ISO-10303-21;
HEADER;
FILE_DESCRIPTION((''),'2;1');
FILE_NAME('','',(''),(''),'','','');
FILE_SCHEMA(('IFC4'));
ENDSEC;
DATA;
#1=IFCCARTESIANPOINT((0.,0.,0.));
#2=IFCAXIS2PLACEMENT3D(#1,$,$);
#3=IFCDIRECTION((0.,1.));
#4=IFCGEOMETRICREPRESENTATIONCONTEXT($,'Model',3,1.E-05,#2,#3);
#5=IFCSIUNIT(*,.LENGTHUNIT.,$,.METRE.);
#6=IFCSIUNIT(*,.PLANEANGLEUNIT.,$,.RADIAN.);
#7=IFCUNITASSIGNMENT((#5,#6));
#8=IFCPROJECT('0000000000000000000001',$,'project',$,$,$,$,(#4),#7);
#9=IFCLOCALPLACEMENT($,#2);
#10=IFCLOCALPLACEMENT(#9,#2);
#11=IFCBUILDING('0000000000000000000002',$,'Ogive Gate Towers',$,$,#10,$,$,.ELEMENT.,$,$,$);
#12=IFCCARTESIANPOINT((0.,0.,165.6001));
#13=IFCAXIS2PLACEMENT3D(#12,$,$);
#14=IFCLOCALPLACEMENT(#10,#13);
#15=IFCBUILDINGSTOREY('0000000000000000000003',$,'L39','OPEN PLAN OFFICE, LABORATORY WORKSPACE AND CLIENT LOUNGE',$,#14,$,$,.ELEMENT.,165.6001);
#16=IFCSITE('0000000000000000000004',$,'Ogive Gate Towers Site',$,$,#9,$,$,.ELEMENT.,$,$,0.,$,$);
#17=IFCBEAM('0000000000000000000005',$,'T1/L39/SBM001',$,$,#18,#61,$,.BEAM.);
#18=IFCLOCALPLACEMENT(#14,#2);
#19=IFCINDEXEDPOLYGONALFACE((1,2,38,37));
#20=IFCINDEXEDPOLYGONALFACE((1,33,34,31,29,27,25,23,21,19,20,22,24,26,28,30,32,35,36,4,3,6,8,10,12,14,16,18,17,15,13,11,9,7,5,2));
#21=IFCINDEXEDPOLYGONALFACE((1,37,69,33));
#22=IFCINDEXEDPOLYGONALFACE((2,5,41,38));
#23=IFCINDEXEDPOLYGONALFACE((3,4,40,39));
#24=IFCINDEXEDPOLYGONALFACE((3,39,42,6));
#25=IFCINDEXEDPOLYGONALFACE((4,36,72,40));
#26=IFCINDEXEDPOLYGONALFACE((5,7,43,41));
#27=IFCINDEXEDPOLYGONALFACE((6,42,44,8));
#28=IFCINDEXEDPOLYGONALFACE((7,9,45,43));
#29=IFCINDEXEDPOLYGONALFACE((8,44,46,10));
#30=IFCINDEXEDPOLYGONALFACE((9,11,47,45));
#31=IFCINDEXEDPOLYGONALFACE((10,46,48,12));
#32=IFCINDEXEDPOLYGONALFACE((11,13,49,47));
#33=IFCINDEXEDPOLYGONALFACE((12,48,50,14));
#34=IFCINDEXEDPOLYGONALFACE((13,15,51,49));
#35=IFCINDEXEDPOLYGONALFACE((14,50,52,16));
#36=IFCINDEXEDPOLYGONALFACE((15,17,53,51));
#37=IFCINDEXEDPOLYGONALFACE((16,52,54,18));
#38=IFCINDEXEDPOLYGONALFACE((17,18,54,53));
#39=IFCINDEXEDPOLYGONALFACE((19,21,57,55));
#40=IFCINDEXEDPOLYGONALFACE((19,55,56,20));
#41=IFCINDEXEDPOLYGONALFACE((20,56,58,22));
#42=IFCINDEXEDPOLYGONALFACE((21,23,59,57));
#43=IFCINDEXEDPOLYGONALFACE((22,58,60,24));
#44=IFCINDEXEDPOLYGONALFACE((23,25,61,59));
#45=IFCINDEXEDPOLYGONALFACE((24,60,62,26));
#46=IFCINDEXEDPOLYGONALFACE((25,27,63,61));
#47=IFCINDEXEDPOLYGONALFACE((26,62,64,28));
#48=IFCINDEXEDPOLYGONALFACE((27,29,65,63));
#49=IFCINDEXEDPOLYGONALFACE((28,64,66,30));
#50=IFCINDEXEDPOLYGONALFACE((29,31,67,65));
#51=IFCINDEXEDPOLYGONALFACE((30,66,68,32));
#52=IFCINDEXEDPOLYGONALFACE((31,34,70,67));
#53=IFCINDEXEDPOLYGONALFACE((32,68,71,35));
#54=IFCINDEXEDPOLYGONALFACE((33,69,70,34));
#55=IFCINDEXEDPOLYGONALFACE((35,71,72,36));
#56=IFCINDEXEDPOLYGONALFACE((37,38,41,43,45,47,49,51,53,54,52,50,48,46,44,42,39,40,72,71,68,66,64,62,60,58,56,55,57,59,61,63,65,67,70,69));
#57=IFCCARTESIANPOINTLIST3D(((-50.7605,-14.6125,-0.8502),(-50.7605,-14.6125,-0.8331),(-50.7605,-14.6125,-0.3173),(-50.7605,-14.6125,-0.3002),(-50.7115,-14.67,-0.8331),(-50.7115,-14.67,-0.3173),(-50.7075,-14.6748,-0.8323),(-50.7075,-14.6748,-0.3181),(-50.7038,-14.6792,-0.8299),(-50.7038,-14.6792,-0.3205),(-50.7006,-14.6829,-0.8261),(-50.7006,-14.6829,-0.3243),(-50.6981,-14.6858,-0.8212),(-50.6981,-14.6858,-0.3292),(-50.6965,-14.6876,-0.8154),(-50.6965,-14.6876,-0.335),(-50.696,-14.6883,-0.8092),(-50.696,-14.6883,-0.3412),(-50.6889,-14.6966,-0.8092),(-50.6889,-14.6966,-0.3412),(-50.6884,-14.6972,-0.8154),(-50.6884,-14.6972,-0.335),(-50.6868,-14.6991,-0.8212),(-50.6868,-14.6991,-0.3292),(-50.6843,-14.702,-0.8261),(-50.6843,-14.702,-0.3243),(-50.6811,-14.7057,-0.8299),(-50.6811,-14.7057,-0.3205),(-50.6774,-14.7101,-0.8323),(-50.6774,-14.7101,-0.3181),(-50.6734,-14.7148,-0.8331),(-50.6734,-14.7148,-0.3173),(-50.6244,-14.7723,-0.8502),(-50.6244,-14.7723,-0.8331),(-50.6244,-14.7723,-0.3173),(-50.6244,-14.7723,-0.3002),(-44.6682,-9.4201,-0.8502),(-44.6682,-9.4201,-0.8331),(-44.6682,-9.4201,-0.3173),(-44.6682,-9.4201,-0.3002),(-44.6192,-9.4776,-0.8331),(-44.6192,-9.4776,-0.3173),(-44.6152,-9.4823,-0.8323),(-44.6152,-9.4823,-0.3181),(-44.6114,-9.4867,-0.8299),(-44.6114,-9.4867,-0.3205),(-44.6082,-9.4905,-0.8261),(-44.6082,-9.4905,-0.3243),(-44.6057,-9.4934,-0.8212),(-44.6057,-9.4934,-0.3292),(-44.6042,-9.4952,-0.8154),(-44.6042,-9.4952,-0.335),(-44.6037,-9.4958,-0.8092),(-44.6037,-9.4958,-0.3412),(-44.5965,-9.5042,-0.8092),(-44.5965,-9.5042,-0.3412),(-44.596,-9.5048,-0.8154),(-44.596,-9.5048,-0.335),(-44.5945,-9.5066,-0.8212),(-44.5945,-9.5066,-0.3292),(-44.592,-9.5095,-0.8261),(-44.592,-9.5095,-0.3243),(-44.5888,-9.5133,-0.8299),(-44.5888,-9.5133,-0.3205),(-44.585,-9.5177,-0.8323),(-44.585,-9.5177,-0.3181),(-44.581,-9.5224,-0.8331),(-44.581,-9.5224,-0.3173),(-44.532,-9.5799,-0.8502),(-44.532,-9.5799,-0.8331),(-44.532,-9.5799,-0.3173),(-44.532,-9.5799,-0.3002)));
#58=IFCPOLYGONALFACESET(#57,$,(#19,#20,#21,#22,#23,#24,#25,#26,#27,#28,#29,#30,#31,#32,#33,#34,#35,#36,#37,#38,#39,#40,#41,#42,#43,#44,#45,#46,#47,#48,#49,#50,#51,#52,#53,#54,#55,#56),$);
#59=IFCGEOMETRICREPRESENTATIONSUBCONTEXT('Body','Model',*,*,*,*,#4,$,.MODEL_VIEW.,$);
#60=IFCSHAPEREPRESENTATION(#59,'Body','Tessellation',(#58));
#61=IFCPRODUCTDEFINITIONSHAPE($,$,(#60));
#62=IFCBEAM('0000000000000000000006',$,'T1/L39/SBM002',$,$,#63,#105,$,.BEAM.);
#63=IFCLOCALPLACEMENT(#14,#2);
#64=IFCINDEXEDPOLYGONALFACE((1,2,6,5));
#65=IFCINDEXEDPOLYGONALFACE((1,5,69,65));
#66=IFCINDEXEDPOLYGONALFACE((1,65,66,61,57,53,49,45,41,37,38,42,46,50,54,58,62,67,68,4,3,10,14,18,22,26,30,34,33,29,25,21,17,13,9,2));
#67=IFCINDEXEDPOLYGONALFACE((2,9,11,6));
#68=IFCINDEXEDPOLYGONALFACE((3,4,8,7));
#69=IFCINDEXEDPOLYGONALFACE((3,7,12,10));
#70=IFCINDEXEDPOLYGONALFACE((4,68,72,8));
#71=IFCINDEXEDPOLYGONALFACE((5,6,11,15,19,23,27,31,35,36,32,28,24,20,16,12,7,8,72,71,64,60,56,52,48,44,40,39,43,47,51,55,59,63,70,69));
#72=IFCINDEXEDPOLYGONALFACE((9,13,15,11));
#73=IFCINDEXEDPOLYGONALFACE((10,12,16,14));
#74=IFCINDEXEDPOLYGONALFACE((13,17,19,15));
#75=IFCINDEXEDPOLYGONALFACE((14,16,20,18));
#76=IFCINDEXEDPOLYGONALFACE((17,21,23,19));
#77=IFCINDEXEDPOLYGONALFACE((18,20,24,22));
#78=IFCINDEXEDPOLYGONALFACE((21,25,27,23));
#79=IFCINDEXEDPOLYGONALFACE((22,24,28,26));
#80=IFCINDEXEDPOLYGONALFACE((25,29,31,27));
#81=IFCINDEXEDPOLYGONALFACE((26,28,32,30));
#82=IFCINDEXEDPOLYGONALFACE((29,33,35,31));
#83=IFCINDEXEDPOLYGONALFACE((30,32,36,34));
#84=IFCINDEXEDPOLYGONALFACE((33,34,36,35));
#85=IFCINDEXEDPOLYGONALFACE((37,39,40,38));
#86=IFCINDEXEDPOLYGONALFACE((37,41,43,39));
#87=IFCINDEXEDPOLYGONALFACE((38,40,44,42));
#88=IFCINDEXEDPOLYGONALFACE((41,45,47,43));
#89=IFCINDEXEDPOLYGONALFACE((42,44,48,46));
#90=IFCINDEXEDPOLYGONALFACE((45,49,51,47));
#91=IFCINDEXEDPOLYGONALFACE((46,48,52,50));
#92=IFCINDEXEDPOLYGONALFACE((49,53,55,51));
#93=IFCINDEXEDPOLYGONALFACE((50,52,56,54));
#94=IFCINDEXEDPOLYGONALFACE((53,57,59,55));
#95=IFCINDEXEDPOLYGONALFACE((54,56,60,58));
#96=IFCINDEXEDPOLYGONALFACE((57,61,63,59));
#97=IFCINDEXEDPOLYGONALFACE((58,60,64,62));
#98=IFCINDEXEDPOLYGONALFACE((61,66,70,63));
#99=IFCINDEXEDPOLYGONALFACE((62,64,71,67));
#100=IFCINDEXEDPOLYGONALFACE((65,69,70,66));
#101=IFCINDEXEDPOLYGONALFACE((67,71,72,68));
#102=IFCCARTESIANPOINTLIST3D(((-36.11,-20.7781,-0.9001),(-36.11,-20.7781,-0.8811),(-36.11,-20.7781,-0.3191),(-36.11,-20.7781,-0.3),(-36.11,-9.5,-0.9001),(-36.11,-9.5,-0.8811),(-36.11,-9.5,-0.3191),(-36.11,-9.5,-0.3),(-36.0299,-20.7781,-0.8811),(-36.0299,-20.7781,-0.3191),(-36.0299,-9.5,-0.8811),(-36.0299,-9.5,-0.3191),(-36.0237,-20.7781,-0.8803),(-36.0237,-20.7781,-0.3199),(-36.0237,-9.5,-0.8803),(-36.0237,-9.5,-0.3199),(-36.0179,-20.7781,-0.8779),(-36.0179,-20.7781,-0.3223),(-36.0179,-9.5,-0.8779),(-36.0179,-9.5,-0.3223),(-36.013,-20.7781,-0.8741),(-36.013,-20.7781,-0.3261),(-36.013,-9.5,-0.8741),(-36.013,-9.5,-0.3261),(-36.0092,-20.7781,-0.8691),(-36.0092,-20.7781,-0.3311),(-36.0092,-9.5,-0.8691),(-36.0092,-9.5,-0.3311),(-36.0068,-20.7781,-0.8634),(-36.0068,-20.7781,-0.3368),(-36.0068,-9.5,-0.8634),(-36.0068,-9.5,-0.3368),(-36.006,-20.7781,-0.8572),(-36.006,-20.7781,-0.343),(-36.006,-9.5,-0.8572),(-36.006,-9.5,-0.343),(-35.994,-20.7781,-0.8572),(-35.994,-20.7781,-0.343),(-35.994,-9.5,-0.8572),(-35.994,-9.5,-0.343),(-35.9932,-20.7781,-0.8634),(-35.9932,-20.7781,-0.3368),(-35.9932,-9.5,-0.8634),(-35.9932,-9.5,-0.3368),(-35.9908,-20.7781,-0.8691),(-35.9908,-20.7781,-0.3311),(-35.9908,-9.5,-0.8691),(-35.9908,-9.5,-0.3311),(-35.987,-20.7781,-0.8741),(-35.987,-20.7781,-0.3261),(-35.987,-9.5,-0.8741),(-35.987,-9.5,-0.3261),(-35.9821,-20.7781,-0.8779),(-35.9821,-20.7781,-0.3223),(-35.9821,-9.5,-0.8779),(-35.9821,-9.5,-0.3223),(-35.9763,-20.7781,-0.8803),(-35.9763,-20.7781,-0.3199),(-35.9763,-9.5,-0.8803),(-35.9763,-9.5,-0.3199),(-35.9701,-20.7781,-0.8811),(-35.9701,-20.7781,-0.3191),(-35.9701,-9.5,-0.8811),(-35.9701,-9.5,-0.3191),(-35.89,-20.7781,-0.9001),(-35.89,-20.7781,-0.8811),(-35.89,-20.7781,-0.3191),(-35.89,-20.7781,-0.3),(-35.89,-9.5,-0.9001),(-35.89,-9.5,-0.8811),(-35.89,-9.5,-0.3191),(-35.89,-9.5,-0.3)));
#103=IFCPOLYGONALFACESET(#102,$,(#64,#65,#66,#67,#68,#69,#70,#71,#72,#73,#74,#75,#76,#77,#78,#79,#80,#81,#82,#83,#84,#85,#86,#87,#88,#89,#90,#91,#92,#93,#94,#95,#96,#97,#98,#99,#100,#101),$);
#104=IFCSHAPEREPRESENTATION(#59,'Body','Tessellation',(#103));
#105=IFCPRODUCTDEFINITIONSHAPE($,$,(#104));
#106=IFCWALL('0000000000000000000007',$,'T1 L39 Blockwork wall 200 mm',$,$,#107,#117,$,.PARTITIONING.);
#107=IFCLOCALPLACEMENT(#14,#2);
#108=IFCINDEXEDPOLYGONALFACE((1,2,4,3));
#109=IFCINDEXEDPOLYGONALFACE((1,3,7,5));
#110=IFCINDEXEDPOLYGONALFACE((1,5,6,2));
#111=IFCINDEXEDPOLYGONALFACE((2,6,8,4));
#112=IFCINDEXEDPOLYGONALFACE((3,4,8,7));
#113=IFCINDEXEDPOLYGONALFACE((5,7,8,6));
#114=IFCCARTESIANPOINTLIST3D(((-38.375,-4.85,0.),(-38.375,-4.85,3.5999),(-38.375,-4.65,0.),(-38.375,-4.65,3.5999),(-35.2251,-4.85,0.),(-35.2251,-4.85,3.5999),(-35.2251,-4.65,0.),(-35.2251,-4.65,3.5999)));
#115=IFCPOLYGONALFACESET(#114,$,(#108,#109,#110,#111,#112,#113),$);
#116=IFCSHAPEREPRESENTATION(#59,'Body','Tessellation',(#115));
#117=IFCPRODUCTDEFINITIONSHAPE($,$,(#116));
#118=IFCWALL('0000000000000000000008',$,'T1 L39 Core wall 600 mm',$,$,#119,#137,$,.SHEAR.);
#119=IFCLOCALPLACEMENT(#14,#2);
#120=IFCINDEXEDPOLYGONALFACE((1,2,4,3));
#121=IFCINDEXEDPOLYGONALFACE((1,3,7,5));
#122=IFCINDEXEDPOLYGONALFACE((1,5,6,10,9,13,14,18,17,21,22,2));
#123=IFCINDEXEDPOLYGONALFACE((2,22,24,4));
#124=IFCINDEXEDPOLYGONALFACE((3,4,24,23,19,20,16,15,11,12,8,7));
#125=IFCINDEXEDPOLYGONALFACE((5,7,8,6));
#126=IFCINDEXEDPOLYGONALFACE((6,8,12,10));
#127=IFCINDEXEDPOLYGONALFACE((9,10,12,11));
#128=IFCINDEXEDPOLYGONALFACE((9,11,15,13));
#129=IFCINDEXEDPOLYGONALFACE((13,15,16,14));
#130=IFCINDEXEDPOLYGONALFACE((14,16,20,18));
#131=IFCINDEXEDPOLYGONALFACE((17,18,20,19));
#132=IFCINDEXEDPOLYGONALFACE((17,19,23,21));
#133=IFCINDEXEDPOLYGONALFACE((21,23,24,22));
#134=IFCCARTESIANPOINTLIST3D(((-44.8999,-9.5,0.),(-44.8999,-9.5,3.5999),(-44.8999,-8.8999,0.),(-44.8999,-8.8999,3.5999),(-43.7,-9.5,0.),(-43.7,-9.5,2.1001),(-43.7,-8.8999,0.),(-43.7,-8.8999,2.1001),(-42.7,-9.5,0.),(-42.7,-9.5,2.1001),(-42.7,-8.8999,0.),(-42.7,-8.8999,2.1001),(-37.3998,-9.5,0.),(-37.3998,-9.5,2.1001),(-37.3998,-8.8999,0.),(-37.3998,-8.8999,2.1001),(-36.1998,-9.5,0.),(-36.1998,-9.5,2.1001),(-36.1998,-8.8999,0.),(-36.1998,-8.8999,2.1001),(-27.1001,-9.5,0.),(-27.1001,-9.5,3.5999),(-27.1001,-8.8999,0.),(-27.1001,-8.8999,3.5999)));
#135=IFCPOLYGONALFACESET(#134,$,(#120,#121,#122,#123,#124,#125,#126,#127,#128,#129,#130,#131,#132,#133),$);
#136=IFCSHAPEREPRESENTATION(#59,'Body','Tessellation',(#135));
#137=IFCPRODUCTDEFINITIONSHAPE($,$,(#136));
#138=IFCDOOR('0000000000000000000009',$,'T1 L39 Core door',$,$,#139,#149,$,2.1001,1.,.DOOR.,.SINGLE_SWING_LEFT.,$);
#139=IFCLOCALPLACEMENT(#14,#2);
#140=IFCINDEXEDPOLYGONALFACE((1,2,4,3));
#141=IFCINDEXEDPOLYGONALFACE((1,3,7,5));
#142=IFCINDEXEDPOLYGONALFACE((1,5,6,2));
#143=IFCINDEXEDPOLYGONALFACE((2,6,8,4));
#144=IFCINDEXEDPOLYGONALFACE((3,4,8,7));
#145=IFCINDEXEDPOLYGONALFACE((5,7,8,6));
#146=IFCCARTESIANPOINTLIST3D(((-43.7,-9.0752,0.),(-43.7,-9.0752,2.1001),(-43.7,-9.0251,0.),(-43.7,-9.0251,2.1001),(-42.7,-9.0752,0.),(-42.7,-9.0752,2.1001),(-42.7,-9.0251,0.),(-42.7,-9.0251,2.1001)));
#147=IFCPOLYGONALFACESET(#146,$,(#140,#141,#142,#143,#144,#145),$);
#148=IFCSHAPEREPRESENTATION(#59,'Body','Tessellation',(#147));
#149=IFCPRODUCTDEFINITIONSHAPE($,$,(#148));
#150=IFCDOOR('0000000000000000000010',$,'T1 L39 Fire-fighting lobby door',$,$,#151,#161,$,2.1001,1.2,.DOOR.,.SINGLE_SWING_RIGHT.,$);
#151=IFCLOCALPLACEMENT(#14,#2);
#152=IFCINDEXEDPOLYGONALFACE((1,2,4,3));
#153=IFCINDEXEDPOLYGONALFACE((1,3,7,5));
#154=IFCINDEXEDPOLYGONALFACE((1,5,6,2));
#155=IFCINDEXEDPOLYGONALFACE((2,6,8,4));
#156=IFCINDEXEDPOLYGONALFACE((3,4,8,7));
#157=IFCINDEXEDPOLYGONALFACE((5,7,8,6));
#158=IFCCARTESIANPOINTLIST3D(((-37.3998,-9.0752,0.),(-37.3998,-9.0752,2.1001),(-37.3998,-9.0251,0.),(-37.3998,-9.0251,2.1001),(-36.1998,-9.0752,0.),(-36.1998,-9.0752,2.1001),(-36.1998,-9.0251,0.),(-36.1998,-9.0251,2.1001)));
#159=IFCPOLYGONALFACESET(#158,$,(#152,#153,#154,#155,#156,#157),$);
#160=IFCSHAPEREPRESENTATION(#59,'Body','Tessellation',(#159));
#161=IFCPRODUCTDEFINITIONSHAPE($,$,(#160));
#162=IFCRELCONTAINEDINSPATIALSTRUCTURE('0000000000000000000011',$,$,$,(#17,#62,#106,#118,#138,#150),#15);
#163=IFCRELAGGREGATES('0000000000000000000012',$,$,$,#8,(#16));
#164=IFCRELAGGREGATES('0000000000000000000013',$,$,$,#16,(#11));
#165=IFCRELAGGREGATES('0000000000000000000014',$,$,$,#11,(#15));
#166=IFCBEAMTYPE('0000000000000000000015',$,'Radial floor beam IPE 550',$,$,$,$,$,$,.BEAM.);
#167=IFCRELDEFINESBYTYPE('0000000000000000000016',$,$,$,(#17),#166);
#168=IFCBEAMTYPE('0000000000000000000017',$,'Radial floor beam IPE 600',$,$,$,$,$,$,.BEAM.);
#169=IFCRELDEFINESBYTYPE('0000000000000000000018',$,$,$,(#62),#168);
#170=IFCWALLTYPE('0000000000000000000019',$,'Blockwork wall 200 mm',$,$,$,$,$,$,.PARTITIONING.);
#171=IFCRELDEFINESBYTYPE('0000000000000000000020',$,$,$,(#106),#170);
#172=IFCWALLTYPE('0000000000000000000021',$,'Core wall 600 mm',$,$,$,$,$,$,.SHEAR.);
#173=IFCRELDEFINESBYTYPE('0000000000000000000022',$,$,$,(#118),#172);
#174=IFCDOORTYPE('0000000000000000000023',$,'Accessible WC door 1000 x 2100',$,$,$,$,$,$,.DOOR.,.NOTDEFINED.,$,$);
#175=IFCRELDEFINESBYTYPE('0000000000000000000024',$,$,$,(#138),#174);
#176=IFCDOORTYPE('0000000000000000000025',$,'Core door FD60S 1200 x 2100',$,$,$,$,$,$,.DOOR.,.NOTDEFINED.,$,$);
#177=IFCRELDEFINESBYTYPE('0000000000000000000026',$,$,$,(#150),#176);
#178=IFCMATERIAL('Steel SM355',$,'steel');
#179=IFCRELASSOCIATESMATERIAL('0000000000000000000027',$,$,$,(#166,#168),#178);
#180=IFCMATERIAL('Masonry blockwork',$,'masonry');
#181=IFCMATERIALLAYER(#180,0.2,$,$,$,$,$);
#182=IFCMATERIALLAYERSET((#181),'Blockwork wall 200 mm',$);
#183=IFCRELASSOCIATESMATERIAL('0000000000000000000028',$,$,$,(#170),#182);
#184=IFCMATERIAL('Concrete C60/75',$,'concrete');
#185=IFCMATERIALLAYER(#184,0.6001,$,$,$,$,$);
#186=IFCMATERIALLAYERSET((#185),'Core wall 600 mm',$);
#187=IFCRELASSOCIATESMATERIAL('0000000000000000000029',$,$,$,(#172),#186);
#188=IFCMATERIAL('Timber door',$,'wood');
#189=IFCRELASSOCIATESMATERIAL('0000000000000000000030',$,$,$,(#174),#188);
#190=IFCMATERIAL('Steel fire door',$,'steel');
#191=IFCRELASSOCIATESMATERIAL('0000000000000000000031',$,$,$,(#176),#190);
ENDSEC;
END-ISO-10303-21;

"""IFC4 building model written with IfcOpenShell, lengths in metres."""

from ifc_helpers import new_model, si_unit, direction, frame, frame_2d, origin, origin_2d, place, context, subcontext, project, spatial, rectangle, i_section, extrude, material, layer, layer_set, material_profile, profile_set, type_object, element, fill, save


model = new_model("IFC4")

# Units and contexts
model_context = context("Model", 3, precision=1e-05, world=origin(), true_north=direction((0.0, 1.0)))
body_context = subcontext(model_context, "Body", "Model", "MODEL_VIEW")
ifc_project = project(units=[si_unit("LENGTHUNIT", "METRE"), si_unit("PLANEANGLEUNIT", "RADIAN")], contexts=[model_context])

# Site, building, storey
site_placement = place(None, origin())
site = spatial("IfcSite", under=ifc_project, at=site_placement, Name="Ogive Gate Towers Site", CompositionType="ELEMENT", RefElevation=0.0)
building_placement = place(site_placement, origin())
building = spatial("IfcBuilding", under=site, at=building_placement, Name="Ogive Gate Towers", CompositionType="ELEMENT")
storey_placement = place(building_placement, frame((0.0, 0.0, 165.6001)))
storey = spatial("IfcBuildingStorey", under=building, at=storey_placement, Name="L39", Description="OPEN PLAN OFFICE, LABORATORY WORKSPACE AND CLIENT LOUNGE", CompositionType="ELEMENT", Elevation=165.6001)

# Beams
ifc_material_1 = material(Name="Steel SM355", Category="steel")
ifc_material_profile_1 = material_profile(ifc_material_1, i_section(OverallWidth=0.21, OverallDepth=0.55, WebThickness=0.011, FlangeThickness=0.0171, FilletRadius=0.0239, at=origin_2d()), Name="IPE 550")
ifc_profile_set_1 = profile_set([ifc_material_profile_1], Name="Steel SM355")
beam_type_1 = type_object("IfcBeamType", Name="Radial floor beam IPE 550", PredefinedType="BEAM", material=ifc_profile_set_1)
beam_1_placement = place(storey_placement, frame((-44.6001, -9.5, -0.5752), z_axis=(-0.761079, -0.648659, 0.0), x_axis=(0.648659, -0.761079, 0.0)))
element("IfcBeam", 1, at=beam_1_placement, inside=storey, type_object=beam_type_1, Name="T1/L39/SBM001", PredefinedType="BEAM", context=body_context, shape_type="SweptSolid", body=[
    extrude(i_section(OverallWidth=0.21, OverallDepth=0.55, WebThickness=0.011, FlangeThickness=0.0171, FilletRadius=0.0239, at=origin_2d()), origin(), (0.0, 0.0, 1.0), 8.0049),
])
ifc_material_profile_2 = material_profile(ifc_material_1, i_section(OverallWidth=0.22, OverallDepth=0.6001, WebThickness=0.012, FlangeThickness=0.019, FilletRadius=0.0239, at=origin_2d()), Name="IPE 600")
ifc_profile_set_2 = profile_set([ifc_material_profile_2], Name="Steel SM355")
beam_type_2 = type_object("IfcBeamType", Name="Radial floor beam IPE 600", PredefinedType="BEAM", material=ifc_profile_set_2)
beam_2_placement = place(storey_placement, frame((-36.0, -9.5, -0.6001), z_axis=(0.0, -1.0, 0.0), x_axis=(1.0, 0.0, 0.0)))
element("IfcBeam", 2, at=beam_2_placement, inside=storey, type_object=beam_type_2, Name="T1/L39/SBM002", PredefinedType="BEAM", context=body_context, shape_type="SweptSolid", body=[
    extrude(i_section(OverallWidth=0.22, OverallDepth=0.6001, WebThickness=0.012, FlangeThickness=0.019, FilletRadius=0.0239, at=origin_2d()), origin(), (0.0, 0.0, 1.0), 11.2781),
])

# Wall
ifc_material_2 = material(Name="Masonry blockwork", Category="masonry")
ifc_layer_1 = layer(ifc_material_2, 0.2)
ifc_layer_set_1 = layer_set([ifc_layer_1], Name="Blockwork wall 200 mm")
wall_type_1 = type_object("IfcWallType", Name="Blockwork wall 200 mm", PredefinedType="PARTITIONING", material=ifc_layer_set_1)
wall_1_placement = place(storey_placement, frame((-38.375, -4.75, 0.0), z_axis=(0.0, 0.0, 1.0), x_axis=(1.0, 0.0, 0.0)))
element("IfcWall", 3, at=wall_1_placement, inside=storey, type_object=wall_type_1, Name="T1 L39 Blockwork wall 200 mm", PredefinedType="PARTITIONING", context=body_context, shape_type="SweptSolid", body=[
    extrude(rectangle(XDim=3.1499, YDim=0.2, at=frame_2d((1.575, 0.0))), origin(), (0.0, 0.0, 1.0), 3.5999),
])

# Wall, openings, doors
ifc_material_3 = material(Name="Concrete C60/75", Category="concrete")
ifc_layer_2 = layer(ifc_material_3, 0.6001)
ifc_layer_set_2 = layer_set([ifc_layer_2], Name="Core wall 600 mm")
wall_type_2 = type_object("IfcWallType", Name="Core wall 600 mm", PredefinedType="SHEAR", material=ifc_layer_set_2)
wall_2_placement = place(storey_placement, frame((-44.8999, -9.2, 0.0), z_axis=(0.0, 0.0, 1.0), x_axis=(1.0, 0.0, 0.0)))
wall_2 = element("IfcWall", 4, at=wall_2_placement, inside=storey, type_object=wall_type_2, Name="T1 L39 Core wall 600 mm", PredefinedType="SHEAR", context=body_context, shape_type="SweptSolid", body=[
    extrude(rectangle(XDim=17.7998, YDim=0.6001, at=frame_2d((8.8999, 0.0))), origin(), (0.0, 0.0, 1.0), 3.5999),
])
opening_1_placement = place(wall_2_placement, frame((7.5, 0.0, 0.0)))
opening_1 = element("IfcOpeningElement", 5, at=opening_1_placement, cuts=wall_2, PredefinedType="OPENING", context=body_context, shape_type="SweptSolid", body=[
    extrude(rectangle(XDim=1.2, YDim=2.1001, at=frame_2d((0.6001, 1.05))), frame((0.0, 0.3101, 0.0), z_axis=(0.0, -1.0, 0.0), x_axis=(1.0, 0.0, 0.0)), (0.0, 0.0, 1.0), 0.6201),
])
opening_2_placement = place(wall_2_placement, frame((1.2, 0.0, 0.0)))
opening_2 = element("IfcOpeningElement", 6, at=opening_2_placement, cuts=wall_2, PredefinedType="OPENING", context=body_context, shape_type="SweptSolid", body=[
    extrude(rectangle(XDim=1.0, YDim=2.1001, at=frame_2d((0.5, 1.05))), frame((0.0, 0.3101, 0.0), z_axis=(0.0, -1.0, 0.0), x_axis=(1.0, 0.0, 0.0)), (0.0, 0.0, 1.0), 0.6201),
])
ifc_material_4 = material(Name="Timber door", Category="wood")
door_type_1 = type_object("IfcDoorType", Name="Accessible WC door 1000 x 2100", OperationType="NOTDEFINED", PredefinedType="DOOR", material=ifc_material_4)
door_1_placement = place(opening_2_placement, origin())
door_1 = element("IfcDoor", 7, at=door_1_placement, inside=storey, type_object=door_type_1, Name="T1 L39 Core door", OperationType="SINGLE_SWING_LEFT", OverallHeight=2.1001, OverallWidth=1.0, PredefinedType="DOOR", context=body_context, shape_type="SweptSolid", body=[
    extrude(rectangle(XDim=1.0, YDim=2.1001, at=frame_2d((0.5, 1.05))), frame((0.0, 0.1748, 0.0), z_axis=(0.0, -1.0, 0.0), x_axis=(1.0, 0.0, 0.0)), (0.0, 0.0, 1.0), 0.05),
])
fill(opening_2, door_1)
ifc_material_5 = material(Name="Steel fire door", Category="steel")
door_type_2 = type_object("IfcDoorType", Name="Core door FD60S 1200 x 2100", OperationType="NOTDEFINED", PredefinedType="DOOR", material=ifc_material_5)
door_2_placement = place(opening_1_placement, origin())
door_2 = element("IfcDoor", 8, at=door_2_placement, inside=storey, type_object=door_type_2, Name="T1 L39 Fire-fighting lobby door", OperationType="SINGLE_SWING_RIGHT", OverallHeight=2.1001, OverallWidth=1.2, PredefinedType="DOOR", context=body_context, shape_type="SweptSolid", body=[
    extrude(rectangle(XDim=1.2, YDim=2.1001, at=frame_2d((0.6001, 1.05))), frame((0.0, 0.1748, 0.0), z_axis=(0.0, -1.0, 0.0), x_axis=(1.0, 0.0, 0.0)), (0.0, 0.0, 1.0), 0.05),
])
fill(opening_1, door_2)

save(model, "model.ifc")
